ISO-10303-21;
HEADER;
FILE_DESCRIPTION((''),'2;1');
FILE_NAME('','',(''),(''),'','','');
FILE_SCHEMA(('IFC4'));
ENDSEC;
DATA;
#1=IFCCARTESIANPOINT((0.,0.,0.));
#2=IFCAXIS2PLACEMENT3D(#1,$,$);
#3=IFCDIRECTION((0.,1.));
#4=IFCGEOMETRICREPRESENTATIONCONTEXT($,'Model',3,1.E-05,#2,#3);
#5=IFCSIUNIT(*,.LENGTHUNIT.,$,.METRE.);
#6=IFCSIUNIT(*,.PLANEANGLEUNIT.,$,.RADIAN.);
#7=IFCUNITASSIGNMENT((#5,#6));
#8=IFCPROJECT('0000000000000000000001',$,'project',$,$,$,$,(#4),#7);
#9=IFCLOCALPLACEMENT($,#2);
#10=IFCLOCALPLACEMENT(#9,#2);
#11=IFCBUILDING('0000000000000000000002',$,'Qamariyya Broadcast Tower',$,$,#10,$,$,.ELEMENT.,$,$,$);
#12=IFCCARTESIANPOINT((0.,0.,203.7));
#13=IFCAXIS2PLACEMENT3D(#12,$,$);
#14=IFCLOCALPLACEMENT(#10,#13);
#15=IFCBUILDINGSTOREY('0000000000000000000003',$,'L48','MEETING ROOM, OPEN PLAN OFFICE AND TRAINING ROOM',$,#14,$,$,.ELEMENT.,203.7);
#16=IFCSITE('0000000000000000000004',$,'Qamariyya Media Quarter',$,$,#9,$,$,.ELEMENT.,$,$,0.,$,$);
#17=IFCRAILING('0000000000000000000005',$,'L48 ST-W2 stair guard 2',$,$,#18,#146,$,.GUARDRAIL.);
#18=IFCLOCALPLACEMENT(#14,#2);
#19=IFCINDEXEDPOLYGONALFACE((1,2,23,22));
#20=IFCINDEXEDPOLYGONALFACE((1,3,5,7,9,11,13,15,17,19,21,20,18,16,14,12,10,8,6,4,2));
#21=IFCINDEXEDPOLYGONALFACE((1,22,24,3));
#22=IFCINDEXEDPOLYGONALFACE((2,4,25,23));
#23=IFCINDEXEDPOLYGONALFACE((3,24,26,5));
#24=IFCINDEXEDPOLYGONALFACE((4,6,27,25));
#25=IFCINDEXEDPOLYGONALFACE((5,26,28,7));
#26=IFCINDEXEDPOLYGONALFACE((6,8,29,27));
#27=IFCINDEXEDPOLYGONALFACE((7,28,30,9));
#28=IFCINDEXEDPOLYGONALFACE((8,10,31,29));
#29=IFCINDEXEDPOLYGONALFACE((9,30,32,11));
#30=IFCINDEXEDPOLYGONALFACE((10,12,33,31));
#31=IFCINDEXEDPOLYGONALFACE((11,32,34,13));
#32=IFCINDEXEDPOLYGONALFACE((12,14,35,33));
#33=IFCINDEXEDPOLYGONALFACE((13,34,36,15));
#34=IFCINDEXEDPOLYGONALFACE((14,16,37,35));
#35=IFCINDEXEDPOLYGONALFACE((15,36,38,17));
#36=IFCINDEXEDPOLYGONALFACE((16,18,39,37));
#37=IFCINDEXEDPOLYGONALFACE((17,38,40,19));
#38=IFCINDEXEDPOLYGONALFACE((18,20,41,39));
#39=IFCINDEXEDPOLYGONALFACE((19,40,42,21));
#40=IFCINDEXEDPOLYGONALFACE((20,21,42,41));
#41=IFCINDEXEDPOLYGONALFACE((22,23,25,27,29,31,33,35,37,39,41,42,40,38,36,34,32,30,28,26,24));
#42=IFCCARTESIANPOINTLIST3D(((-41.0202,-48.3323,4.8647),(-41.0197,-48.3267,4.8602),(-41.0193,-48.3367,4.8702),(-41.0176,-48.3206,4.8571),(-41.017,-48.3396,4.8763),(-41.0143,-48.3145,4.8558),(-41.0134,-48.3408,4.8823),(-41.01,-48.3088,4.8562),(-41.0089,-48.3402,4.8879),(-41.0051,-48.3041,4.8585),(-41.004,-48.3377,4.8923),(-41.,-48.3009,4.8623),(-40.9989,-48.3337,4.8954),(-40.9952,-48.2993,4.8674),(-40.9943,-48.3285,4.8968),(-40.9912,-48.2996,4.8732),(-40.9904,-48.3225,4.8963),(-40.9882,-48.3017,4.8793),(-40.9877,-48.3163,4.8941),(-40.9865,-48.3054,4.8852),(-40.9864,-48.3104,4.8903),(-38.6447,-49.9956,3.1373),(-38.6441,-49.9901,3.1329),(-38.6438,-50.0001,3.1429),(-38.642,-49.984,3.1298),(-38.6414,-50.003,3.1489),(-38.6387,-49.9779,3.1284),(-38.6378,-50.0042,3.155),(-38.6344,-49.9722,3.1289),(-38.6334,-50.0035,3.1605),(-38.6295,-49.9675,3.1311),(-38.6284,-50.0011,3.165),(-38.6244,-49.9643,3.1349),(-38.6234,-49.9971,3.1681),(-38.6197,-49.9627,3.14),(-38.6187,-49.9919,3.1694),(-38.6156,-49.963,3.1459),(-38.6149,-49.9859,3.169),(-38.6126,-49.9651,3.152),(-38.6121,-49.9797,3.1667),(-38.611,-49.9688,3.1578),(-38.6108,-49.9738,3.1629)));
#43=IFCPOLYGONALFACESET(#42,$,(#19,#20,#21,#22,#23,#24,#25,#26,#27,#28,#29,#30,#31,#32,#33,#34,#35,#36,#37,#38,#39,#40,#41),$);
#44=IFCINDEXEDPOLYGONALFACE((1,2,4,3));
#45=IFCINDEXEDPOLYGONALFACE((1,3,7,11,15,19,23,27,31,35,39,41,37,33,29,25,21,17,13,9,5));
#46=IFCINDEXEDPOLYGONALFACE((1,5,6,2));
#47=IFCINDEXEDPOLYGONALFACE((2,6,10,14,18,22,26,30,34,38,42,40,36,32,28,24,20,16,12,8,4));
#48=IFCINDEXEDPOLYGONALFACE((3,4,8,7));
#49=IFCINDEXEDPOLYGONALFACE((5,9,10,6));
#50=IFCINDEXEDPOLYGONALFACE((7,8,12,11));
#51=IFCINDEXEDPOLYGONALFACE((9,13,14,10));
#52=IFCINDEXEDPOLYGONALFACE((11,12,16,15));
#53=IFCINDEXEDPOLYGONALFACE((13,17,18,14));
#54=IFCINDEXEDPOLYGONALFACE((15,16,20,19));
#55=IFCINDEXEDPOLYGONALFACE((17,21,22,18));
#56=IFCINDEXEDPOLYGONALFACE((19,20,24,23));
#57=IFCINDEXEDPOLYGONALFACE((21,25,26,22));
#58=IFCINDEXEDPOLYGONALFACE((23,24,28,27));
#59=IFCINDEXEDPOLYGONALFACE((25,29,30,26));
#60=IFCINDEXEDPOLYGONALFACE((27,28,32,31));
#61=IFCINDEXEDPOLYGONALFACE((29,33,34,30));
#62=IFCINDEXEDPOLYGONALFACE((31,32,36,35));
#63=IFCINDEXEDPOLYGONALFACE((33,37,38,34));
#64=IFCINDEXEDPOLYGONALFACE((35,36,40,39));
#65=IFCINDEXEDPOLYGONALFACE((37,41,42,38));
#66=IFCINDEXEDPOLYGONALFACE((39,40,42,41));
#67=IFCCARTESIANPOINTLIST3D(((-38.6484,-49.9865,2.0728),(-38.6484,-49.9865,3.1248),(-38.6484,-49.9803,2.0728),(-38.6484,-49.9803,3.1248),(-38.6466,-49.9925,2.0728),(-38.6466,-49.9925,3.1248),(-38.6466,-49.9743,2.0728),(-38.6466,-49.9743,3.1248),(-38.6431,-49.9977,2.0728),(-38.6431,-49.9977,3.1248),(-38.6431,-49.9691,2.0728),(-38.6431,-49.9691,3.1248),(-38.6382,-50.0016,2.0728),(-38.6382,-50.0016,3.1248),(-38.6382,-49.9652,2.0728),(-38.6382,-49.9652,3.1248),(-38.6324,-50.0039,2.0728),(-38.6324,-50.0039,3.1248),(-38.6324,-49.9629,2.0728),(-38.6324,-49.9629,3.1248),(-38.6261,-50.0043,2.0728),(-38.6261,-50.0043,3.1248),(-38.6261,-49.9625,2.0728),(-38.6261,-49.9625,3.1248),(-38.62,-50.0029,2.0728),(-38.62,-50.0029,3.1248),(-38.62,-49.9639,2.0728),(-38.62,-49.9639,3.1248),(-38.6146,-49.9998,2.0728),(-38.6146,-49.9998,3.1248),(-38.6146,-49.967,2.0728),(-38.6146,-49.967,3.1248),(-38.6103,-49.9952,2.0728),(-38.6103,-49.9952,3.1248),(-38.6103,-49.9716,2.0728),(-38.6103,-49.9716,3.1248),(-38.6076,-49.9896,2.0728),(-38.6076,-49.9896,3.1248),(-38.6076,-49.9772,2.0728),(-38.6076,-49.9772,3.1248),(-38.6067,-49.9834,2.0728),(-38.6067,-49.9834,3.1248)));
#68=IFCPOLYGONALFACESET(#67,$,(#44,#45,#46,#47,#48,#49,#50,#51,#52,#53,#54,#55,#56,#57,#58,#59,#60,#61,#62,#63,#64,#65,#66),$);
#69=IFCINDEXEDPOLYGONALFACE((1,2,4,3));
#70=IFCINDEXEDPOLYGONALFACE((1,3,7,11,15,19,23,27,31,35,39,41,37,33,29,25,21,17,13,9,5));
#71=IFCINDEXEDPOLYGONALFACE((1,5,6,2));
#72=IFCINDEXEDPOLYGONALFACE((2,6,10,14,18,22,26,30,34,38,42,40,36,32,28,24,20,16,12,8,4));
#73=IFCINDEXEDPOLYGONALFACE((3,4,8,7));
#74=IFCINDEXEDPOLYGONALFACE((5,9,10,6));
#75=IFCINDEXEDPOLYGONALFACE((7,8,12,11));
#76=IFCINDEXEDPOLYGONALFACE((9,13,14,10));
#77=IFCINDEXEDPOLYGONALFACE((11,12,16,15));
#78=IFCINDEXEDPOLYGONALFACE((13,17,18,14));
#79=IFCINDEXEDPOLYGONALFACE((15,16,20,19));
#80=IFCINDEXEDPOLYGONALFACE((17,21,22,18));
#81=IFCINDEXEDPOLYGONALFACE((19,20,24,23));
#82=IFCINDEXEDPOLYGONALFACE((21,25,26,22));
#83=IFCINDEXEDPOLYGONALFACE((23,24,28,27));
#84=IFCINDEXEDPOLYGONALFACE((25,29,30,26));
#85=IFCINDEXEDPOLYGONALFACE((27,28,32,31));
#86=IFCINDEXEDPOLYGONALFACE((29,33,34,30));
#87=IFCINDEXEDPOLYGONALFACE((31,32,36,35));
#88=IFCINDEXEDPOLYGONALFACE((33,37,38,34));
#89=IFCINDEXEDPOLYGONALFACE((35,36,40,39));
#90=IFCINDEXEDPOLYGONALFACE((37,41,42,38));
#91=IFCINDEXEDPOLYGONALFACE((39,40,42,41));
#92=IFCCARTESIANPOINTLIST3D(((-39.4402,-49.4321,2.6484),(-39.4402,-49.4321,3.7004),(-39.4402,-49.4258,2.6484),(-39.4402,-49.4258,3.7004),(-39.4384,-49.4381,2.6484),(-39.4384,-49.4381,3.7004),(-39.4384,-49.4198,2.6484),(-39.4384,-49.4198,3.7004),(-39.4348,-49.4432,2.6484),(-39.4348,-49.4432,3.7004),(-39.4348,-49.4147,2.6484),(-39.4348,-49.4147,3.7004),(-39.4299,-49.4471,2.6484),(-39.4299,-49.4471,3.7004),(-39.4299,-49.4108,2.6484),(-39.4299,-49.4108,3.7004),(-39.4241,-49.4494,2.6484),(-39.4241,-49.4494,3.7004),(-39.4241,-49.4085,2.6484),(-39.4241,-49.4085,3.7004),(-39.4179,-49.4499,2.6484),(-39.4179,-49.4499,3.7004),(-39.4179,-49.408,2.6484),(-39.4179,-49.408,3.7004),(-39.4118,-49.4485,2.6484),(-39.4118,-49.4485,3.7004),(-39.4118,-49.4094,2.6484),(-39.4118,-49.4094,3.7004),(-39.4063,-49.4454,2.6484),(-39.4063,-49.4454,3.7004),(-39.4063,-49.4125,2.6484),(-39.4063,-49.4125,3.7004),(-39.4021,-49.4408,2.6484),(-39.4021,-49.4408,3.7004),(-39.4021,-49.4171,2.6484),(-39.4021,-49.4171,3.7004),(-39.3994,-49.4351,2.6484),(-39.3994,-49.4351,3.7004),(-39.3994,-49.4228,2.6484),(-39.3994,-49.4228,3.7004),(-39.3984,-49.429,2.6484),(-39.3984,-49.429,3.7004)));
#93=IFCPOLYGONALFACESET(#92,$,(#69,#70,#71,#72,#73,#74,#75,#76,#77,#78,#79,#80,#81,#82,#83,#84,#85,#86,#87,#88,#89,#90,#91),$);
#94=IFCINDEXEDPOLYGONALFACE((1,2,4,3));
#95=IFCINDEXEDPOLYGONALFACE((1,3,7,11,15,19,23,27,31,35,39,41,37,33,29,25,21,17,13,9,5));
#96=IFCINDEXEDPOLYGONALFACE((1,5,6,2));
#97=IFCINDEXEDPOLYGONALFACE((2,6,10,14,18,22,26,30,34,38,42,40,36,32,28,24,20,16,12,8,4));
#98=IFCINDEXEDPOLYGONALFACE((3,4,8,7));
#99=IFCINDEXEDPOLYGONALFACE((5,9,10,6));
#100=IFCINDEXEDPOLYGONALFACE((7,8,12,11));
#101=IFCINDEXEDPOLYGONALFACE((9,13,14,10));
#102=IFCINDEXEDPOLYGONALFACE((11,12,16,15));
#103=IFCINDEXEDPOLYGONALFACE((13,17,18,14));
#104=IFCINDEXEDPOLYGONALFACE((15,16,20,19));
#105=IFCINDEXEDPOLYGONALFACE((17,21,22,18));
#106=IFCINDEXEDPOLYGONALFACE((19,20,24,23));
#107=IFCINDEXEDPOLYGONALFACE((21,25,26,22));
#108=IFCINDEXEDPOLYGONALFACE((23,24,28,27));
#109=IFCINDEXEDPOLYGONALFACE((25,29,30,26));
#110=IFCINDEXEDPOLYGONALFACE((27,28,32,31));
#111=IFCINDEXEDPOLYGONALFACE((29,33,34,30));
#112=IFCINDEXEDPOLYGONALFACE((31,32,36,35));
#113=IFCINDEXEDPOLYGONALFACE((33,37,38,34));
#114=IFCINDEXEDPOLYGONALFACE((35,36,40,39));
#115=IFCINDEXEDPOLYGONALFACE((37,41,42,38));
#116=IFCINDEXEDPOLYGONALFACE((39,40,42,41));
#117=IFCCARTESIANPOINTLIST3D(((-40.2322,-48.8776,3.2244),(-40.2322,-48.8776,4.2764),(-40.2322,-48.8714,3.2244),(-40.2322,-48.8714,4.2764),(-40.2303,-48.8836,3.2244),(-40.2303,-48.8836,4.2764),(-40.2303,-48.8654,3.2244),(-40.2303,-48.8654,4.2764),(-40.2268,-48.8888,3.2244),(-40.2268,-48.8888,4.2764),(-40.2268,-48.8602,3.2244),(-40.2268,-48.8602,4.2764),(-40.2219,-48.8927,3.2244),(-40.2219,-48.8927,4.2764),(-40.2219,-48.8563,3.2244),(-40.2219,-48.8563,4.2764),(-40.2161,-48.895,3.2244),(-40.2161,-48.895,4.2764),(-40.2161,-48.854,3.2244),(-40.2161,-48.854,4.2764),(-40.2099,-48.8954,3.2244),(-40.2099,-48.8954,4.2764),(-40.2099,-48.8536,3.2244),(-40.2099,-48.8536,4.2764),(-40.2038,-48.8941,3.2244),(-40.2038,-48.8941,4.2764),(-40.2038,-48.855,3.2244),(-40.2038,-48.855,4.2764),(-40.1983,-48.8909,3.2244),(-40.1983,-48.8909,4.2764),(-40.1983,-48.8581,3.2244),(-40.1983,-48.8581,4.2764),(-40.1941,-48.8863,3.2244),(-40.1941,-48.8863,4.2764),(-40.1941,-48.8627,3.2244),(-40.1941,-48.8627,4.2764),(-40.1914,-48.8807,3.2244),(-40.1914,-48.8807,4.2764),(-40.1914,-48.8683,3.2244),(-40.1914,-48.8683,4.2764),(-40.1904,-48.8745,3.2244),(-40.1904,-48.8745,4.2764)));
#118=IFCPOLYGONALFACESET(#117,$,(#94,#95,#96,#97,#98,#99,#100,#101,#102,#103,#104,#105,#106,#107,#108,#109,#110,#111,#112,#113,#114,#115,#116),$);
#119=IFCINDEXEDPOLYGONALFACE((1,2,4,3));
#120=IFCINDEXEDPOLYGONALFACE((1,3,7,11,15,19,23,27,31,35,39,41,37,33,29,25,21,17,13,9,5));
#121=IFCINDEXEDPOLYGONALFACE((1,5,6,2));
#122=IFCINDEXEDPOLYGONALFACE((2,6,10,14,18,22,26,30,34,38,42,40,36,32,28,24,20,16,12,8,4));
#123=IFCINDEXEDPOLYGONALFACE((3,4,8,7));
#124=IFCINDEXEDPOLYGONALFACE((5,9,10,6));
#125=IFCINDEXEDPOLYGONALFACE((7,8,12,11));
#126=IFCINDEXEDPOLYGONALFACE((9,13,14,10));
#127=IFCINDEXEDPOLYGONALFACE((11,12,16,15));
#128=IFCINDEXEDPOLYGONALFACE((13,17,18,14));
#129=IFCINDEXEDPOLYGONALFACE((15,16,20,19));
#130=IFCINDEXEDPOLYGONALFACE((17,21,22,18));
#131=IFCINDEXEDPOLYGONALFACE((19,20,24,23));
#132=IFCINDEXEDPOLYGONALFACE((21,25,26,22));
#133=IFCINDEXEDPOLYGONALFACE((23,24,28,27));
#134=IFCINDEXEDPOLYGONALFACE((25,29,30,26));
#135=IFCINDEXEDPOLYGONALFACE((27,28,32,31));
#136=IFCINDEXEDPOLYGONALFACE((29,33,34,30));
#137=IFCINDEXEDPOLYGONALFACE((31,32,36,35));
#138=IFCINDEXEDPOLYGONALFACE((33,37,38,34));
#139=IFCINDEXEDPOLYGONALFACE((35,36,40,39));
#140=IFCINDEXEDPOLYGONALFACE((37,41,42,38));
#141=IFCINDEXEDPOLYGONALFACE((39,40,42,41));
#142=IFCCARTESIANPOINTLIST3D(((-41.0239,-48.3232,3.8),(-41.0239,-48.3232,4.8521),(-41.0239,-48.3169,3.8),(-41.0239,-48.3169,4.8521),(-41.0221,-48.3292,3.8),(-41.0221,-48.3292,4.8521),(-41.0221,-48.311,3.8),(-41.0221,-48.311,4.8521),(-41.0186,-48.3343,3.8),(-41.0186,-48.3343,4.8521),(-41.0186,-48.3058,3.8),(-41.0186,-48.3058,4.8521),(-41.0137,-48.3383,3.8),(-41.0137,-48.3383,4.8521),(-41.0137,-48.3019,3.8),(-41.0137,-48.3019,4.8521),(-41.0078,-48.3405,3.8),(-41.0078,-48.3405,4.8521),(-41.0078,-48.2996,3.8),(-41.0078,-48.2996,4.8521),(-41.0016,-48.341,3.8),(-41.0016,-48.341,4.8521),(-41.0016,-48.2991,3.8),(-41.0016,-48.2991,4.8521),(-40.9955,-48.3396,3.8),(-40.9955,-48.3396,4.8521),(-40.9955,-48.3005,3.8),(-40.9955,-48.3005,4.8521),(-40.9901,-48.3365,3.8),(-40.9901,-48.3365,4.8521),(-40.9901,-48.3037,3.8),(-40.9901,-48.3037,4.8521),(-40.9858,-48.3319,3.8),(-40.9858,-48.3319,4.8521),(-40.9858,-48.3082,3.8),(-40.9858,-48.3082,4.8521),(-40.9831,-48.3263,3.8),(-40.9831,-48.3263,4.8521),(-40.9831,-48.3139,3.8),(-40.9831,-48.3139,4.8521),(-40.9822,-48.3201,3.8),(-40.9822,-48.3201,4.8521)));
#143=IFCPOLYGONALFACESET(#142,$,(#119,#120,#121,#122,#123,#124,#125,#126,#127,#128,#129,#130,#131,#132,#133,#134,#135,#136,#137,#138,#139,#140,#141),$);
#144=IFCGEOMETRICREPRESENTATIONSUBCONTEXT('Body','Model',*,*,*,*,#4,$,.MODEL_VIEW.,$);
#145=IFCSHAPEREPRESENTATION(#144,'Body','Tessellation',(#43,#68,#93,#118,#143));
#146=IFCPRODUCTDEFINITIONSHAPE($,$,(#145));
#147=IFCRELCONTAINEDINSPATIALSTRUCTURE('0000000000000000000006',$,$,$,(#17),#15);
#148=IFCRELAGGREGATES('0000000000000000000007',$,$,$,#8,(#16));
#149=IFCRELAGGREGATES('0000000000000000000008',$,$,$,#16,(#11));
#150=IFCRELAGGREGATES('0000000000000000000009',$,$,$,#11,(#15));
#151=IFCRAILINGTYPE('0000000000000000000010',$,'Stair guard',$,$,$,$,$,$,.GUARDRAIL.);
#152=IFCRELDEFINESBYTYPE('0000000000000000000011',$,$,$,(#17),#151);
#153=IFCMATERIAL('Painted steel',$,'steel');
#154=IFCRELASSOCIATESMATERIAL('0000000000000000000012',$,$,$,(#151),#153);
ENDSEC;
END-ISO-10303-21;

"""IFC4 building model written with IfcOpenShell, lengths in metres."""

from ifc_helpers import new_model, si_unit, direction, frame, origin, origin_2d, place, context, subcontext, project, spatial, circle, extrude, material, type_object, element, save


model = new_model("IFC4")

# Units and contexts
model_context = context("Model", 3, precision=1e-05, world=origin(), true_north=direction((0.0, 1.0)))
body_context = subcontext(model_context, "Body", "Model", "MODEL_VIEW")
ifc_project = project(units=[si_unit("LENGTHUNIT", "METRE"), si_unit("PLANEANGLEUNIT", "RADIAN")], contexts=[model_context])

# Site, building, storey
site_placement = place(None, origin())
site = spatial("IfcSite", under=ifc_project, at=site_placement, Name="Qamariyya Media Quarter", CompositionType="ELEMENT", RefElevation=0.0)
building_placement = place(site_placement, origin())
building = spatial("IfcBuilding", under=site, at=building_placement, Name="Qamariyya Broadcast Tower", CompositionType="ELEMENT")
storey_placement = place(building_placement, frame((0.0, 0.0, 203.7)))
storey = spatial("IfcBuildingStorey", under=building, at=storey_placement, Name="L48", Description="MEETING ROOM, OPEN PLAN OFFICE AND TRAINING ROOM", CompositionType="ELEMENT", Elevation=203.7)

# Railing
ifc_material_1 = material(Name="Painted steel", Category="steel")
railing_type_1 = type_object("IfcRailingType", Name="Stair guard", PredefinedType="GUARDRAIL", material=ifc_material_1)
railing_1_placement = place(storey_placement, frame((-38.6277, -49.9834, 2.0728)))
element("IfcRailing", 1, at=railing_1_placement, inside=storey, type_object=railing_type_1, Name="L48 ST-W2 stair guard 2", PredefinedType="GUARDRAIL", context=body_context, shape_type="SweptSolid", body=[
    extrude(circle(Radius=0.0239, at=origin_2d()), frame((0.0, 0.0, 1.0762), z_axis=(-0.70377, 0.492784, 0.511734), x_axis=(-0.573575, -0.819153, 0.0)), (0.0, 0.0, 1.0), 3.3755),
    extrude(circle(Radius=0.021, at=origin_2d()), origin(), (0.0, 0.0, 1.0), 1.052),
    extrude(circle(Radius=0.021, at=origin_2d()), frame((-0.7917, 0.5544, 0.5757)), (0.0, 0.0, 1.0), 1.052),
    extrude(circle(Radius=0.021, at=origin_2d()), frame((-1.5837, 1.1089, 1.1516)), (0.0, 0.0, 1.0), 1.052),
    extrude(circle(Radius=0.021, at=origin_2d()), frame((-2.3755, 1.6633, 1.7273)), (0.0, 0.0, 1.0), 1.052),
])

save(model, "model.ifc")
